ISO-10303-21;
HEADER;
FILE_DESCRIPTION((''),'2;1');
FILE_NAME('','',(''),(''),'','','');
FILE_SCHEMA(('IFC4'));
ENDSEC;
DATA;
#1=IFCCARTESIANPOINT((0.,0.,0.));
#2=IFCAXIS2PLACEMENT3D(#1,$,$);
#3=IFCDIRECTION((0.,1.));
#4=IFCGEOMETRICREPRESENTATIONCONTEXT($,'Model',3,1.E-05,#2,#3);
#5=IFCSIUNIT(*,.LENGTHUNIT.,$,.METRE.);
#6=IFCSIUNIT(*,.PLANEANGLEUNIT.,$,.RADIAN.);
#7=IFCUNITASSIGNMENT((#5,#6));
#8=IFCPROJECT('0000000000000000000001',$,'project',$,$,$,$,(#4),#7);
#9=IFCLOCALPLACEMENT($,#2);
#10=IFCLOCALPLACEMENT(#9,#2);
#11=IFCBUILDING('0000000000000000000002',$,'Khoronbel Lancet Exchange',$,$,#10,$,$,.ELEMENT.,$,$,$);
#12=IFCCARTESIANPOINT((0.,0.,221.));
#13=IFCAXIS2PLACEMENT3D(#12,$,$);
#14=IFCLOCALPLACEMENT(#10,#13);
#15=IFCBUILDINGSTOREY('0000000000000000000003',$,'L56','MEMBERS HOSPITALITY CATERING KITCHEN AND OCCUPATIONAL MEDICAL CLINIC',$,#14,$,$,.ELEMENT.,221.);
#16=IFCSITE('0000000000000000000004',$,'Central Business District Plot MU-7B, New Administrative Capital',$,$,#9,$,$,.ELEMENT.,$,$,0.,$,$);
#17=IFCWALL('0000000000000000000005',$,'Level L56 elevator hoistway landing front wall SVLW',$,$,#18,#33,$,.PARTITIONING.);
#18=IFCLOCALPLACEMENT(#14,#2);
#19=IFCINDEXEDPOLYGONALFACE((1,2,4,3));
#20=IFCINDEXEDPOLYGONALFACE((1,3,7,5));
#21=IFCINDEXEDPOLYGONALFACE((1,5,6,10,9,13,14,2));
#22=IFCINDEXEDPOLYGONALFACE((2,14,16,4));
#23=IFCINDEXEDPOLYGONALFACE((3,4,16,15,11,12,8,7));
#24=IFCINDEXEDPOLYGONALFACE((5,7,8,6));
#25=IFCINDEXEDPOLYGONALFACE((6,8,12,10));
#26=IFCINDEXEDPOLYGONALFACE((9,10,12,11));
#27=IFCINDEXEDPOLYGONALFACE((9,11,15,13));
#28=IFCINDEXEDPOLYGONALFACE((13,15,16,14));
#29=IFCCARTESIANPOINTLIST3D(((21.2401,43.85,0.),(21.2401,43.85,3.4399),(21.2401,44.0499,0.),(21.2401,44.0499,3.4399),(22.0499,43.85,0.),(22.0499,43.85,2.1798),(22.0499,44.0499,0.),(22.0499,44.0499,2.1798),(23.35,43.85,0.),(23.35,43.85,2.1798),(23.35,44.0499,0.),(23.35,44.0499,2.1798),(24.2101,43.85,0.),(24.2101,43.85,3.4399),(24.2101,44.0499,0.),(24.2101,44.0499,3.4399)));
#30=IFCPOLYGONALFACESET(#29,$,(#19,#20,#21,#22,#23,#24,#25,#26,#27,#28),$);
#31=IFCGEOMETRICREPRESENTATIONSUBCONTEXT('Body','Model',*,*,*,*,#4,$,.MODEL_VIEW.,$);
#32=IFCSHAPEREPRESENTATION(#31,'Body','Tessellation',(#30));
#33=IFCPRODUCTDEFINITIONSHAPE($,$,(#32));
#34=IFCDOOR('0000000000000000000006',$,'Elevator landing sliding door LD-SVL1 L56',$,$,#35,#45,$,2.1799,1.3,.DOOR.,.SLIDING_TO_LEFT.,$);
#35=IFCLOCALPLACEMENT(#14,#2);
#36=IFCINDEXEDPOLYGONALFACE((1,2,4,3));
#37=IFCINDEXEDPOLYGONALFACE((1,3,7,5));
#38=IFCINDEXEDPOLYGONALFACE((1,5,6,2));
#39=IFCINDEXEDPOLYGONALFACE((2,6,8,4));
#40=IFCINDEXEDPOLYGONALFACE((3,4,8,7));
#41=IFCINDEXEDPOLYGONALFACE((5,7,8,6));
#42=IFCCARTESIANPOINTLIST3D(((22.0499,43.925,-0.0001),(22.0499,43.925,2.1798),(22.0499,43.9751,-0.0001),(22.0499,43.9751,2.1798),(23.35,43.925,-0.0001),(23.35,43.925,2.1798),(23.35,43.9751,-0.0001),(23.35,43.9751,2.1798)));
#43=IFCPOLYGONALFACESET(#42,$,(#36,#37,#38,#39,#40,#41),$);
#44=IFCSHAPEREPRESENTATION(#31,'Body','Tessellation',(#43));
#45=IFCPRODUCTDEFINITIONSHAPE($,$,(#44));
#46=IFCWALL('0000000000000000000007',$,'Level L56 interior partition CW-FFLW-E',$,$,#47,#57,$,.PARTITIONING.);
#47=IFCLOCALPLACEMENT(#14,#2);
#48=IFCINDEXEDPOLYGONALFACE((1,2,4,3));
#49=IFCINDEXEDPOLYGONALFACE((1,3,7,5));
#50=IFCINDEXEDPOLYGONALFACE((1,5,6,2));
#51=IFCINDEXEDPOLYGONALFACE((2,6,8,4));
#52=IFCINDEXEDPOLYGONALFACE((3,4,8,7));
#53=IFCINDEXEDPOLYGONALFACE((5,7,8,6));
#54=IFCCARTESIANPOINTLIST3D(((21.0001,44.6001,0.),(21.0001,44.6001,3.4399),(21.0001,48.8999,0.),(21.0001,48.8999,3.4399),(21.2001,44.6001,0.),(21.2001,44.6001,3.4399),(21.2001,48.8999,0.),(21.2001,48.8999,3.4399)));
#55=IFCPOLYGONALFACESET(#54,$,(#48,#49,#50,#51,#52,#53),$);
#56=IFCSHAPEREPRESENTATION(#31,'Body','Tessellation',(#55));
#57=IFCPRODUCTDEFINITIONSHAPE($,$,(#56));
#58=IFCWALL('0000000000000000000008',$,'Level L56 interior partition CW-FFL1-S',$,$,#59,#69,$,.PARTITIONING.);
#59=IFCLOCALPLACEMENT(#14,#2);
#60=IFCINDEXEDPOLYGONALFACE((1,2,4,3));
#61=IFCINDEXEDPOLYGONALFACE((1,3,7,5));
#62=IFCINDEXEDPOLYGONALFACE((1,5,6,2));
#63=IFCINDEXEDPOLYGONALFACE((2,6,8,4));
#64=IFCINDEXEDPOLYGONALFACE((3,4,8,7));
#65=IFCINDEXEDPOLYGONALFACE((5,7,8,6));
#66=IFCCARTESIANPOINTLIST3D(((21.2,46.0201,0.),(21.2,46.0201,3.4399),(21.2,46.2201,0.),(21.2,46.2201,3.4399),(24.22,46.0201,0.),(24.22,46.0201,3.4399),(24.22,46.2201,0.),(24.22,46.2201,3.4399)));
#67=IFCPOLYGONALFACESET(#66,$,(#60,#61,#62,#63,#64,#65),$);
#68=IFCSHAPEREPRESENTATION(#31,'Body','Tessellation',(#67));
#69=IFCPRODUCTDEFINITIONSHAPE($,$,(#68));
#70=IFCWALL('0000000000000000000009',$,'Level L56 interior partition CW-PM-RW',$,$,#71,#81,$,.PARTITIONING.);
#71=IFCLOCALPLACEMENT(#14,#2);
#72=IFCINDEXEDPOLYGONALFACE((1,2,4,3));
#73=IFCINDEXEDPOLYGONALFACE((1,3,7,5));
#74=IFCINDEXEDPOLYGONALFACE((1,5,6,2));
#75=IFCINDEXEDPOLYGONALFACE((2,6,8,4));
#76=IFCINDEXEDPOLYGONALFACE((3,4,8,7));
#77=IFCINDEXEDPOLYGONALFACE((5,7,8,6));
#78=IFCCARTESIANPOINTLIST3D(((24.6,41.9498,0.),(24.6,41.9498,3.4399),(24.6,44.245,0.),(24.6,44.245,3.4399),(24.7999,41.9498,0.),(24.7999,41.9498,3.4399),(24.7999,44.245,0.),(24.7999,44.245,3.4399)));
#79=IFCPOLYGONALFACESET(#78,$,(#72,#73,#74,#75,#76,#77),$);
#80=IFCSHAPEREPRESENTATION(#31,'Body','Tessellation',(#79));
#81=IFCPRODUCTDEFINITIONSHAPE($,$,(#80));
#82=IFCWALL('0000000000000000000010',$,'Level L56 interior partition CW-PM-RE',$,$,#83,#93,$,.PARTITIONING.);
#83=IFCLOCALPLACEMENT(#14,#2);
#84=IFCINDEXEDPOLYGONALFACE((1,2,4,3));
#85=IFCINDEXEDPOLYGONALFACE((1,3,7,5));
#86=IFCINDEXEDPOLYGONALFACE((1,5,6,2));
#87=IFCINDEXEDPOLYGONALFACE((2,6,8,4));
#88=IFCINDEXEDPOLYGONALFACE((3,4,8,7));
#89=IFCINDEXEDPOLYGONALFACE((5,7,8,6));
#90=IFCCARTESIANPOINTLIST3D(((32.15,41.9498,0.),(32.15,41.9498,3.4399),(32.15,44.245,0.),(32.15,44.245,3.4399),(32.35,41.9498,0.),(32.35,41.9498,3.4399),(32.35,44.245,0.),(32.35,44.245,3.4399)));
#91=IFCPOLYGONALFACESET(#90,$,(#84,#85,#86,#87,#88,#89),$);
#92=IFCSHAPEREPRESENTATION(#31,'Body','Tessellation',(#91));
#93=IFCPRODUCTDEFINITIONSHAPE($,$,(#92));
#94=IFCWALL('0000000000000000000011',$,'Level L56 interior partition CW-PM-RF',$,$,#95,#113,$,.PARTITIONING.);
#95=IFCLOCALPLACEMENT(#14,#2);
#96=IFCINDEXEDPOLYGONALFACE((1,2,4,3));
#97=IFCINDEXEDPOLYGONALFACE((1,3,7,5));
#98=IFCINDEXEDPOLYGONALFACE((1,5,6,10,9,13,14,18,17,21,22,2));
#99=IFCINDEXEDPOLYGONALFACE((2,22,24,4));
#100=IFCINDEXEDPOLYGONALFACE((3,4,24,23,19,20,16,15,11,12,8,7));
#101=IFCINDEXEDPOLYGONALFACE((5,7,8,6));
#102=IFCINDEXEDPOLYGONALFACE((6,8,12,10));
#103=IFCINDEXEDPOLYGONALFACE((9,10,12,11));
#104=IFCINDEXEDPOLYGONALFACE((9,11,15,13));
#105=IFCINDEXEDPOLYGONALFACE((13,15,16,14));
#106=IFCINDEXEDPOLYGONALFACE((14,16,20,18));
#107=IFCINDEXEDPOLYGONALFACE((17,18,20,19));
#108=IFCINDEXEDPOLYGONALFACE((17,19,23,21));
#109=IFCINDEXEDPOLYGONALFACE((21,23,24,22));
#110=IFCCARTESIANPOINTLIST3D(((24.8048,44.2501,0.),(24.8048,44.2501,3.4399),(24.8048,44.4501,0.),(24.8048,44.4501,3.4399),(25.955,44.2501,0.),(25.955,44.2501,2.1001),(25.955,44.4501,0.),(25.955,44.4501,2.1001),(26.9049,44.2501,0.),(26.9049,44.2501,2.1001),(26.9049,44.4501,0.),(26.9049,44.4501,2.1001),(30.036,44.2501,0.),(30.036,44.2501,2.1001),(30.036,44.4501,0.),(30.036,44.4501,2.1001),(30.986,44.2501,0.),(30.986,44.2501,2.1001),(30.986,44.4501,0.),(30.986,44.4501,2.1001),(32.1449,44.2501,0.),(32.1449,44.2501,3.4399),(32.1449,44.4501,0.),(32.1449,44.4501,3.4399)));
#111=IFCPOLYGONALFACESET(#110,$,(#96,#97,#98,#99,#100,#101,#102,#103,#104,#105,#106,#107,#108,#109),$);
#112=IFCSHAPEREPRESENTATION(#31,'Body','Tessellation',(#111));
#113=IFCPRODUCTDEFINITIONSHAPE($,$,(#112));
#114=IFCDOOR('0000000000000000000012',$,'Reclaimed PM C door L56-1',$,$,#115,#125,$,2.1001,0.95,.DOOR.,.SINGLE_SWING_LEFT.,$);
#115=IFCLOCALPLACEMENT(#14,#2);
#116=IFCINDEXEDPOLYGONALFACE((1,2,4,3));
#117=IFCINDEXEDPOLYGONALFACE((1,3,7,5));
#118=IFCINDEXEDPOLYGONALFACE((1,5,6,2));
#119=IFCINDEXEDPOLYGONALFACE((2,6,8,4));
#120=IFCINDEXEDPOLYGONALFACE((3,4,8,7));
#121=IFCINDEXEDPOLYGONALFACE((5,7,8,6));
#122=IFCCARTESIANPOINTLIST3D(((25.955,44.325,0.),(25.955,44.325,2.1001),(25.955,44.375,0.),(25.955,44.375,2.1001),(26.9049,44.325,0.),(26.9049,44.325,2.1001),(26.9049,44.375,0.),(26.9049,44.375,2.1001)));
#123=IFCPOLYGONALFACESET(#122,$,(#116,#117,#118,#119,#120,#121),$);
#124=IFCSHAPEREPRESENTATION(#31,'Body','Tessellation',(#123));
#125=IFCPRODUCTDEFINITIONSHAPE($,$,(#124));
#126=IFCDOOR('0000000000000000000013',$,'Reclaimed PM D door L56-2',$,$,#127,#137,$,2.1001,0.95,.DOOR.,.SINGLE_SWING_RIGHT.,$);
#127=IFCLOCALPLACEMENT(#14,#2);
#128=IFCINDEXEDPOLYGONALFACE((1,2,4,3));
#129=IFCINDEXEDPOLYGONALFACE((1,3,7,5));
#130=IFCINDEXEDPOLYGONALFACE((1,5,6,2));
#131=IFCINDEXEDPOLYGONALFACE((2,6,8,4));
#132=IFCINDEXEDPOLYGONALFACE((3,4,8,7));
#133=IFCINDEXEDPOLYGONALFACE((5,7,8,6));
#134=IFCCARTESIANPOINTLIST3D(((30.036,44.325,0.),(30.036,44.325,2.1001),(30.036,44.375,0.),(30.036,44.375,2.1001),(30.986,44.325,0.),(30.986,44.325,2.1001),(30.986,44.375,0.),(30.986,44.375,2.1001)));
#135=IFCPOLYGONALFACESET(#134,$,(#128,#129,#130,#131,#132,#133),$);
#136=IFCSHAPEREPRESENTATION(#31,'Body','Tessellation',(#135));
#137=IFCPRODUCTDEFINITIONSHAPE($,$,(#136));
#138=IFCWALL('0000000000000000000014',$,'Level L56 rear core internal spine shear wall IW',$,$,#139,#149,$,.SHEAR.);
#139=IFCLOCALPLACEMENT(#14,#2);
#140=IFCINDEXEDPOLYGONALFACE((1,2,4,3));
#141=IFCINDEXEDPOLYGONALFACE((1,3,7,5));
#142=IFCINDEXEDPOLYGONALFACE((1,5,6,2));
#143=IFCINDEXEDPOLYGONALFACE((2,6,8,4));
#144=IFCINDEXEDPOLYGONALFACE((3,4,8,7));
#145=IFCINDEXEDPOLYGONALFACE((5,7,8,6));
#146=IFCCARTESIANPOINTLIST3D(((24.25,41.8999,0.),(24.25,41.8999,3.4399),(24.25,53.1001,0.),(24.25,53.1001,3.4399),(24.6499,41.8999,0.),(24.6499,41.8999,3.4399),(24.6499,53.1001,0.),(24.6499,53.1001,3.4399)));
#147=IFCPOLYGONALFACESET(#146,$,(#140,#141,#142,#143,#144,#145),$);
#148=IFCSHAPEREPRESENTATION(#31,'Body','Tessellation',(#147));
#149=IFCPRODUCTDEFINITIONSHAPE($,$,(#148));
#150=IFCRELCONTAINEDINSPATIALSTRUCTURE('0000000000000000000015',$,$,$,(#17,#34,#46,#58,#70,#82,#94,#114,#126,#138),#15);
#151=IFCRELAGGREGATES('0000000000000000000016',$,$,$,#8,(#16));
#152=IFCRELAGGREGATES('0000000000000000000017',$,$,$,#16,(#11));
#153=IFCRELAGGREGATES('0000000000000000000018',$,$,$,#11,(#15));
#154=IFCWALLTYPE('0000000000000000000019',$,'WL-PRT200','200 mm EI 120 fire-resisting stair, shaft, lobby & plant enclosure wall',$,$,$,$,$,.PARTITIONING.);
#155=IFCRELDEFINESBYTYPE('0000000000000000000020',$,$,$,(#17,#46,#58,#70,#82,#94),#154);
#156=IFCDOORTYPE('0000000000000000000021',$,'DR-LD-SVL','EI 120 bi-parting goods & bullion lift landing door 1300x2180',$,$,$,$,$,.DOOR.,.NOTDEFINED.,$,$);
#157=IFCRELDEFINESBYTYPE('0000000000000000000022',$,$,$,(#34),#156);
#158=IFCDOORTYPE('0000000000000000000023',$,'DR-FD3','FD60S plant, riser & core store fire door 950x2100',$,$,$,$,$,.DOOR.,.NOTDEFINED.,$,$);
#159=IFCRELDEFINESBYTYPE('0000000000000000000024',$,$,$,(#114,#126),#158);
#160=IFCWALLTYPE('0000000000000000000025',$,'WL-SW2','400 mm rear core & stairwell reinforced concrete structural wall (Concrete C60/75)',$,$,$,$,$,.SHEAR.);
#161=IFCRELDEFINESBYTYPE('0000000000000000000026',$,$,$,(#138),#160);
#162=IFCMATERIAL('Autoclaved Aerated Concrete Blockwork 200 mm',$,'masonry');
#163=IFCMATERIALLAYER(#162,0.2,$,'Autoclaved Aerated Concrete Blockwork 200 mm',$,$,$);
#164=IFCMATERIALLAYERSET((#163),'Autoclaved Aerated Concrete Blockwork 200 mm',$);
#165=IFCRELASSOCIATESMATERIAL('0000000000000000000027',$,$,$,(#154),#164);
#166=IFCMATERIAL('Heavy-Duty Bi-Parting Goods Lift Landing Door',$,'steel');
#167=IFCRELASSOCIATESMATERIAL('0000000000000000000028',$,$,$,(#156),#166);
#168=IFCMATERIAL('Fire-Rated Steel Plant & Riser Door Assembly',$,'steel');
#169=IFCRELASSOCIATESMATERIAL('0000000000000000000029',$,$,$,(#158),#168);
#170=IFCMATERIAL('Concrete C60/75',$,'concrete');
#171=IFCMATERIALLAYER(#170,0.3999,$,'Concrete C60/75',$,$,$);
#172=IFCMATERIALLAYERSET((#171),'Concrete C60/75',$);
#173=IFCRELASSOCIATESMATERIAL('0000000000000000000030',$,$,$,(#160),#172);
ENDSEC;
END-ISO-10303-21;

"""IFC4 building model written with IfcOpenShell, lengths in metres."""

from ifc_helpers import new_model, si_unit, direction, frame, frame_2d, origin, place, context, subcontext, project, spatial, rectangle, extrude, material, layer, layer_set, type_object, element, fill, save


model = new_model("IFC4")

# Units and contexts
model_context = context("Model", 3, precision=1e-05, world=origin(), true_north=direction((0.0, 1.0)))
body_context = subcontext(model_context, "Body", "Model", "MODEL_VIEW")
ifc_project = project(units=[si_unit("LENGTHUNIT", "METRE"), si_unit("PLANEANGLEUNIT", "RADIAN")], contexts=[model_context])

# Site, building, storey
site_placement = place(None, origin())
site = spatial("IfcSite", under=ifc_project, at=site_placement, Name="Central Business District Plot MU-7B, New Administrative Capital", CompositionType="ELEMENT", RefElevation=0.0)
building_placement = place(site_placement, origin())
building = spatial("IfcBuilding", under=site, at=building_placement, Name="Khoronbel Lancet Exchange", CompositionType="ELEMENT")
storey_placement = place(building_placement, frame((0.0, 0.0, 221.0)))
storey = spatial("IfcBuildingStorey", under=building, at=storey_placement, Name="L56", Description="MEMBERS HOSPITALITY CATERING KITCHEN AND OCCUPATIONAL MEDICAL CLINIC", CompositionType="ELEMENT", Elevation=221.0)

# Shared definitions
ifc_material_1 = material(Name="Concrete C60/75", Category="concrete")

# Wall, opening, door
ifc_material_2 = material(Name="Autoclaved Aerated Concrete Blockwork 200 mm", Category="masonry")
ifc_layer_1 = layer(ifc_material_2, 0.2, Name="Autoclaved Aerated Concrete Blockwork 200 mm")
ifc_layer_set_1 = layer_set([ifc_layer_1], Name="Autoclaved Aerated Concrete Blockwork 200 mm")
wall_type_1 = type_object("IfcWallType", Name="WL-PRT200", Description="200 mm EI 120 fire-resisting stair, shaft, lobby & plant enclosure wall", PredefinedType="PARTITIONING", material=ifc_layer_set_1)
wall_1_placement = place(storey_placement, frame((24.21, 43.95, 0.0), z_axis=(0.0, 0.0, 1.0), x_axis=(-1.0, 0.0, 0.0)))
wall_1 = element("IfcWall", 1, at=wall_1_placement, inside=storey, type_object=wall_type_1, Name="Level L56 elevator hoistway landing front wall SVLW", PredefinedType="PARTITIONING", context=body_context, shape_type="SweptSolid", body=[
    extrude(rectangle(XDim=2.97, YDim=0.2, at=frame_2d((1.4849, 0.0))), origin(), (0.0, 0.0, 1.0), 3.4399),
])
opening_1_placement = place(wall_1_placement, frame((0.8601, 0.0, 0.0)))
opening_1 = element("IfcOpeningElement", 2, at=opening_1_placement, cuts=wall_1, PredefinedType="OPENING", context=body_context, shape_type="SweptSolid", body=[
    extrude(rectangle(XDim=1.3, YDim=2.1799, at=frame_2d((0.6499, 1.0898))), frame((0.0, 0.1099, 0.0), z_axis=(0.0, -1.0, 0.0), x_axis=(1.0, 0.0, 0.0)), (0.0, 0.0, 1.0), 0.22),
])
ifc_material_3 = material(Name="Heavy-Duty Bi-Parting Goods Lift Landing Door", Category="steel")
door_type_1 = type_object("IfcDoorType", Name="DR-LD-SVL", Description="EI 120 bi-parting goods & bullion lift landing door 1300x2180", OperationType="NOTDEFINED", PredefinedType="DOOR", material=ifc_material_3)
door_1_placement = place(opening_1_placement, origin())
door_1 = element("IfcDoor", 3, at=door_1_placement, inside=storey, type_object=door_type_1, Name="Elevator landing sliding door LD-SVL1 L56", OperationType="SLIDING_TO_LEFT", OverallHeight=2.1799, OverallWidth=1.3, PredefinedType="DOOR", context=body_context, shape_type="SweptSolid", body=[
    extrude(rectangle(XDim=1.3, YDim=2.1799, at=frame_2d((0.6499, 1.0898))), frame((0.0, 0.0249, 0.0), z_axis=(0.0, -1.0, 0.0), x_axis=(1.0, 0.0, 0.0)), (0.0, 0.0, 1.0), 0.05),
])
fill(opening_1, door_1)

# Walls
wall_2_placement = place(storey_placement, frame((21.1001, 44.6001, 0.0), z_axis=(0.0, 0.0, 1.0), x_axis=(0.0, 1.0, 0.0)))
element("IfcWall", 4, at=wall_2_placement, inside=storey, type_object=wall_type_1, Name="Level L56 interior partition CW-FFLW-E", PredefinedType="PARTITIONING", context=body_context, shape_type="SweptSolid", body=[
    extrude(rectangle(XDim=4.2998, YDim=0.2, at=frame_2d((2.1499, 0.0))), origin(), (0.0, 0.0, 1.0), 3.4399),
])
wall_3_placement = place(storey_placement, frame((21.2, 46.1201, 0.0), z_axis=(0.0, 0.0, 1.0), x_axis=(1.0, 0.0, 0.0)))
element("IfcWall", 5, at=wall_3_placement, inside=storey, type_object=wall_type_1, Name="Level L56 interior partition CW-FFL1-S", PredefinedType="PARTITIONING", context=body_context, shape_type="SweptSolid", body=[
    extrude(rectangle(XDim=3.02, YDim=0.2, at=frame_2d((1.51, 0.0))), origin(), (0.0, 0.0, 1.0), 3.4399),
])

# Walls
for number, where, z_axis, x_axis, name in (
    (6, (24.7, 41.95, 0.0), (0.0, 0.0, 1.0), (0.0, 1.0, 0.0), "Level L56 interior partition CW-PM-RW"),
    (7, (32.25, 41.95, 0.0), (0.0, 0.0, 1.0), (0.0, 1.0, 0.0), "Level L56 interior partition CW-PM-RE"),
):
    element("IfcWall", number, at=place(storey_placement, frame(where, z_axis=z_axis, x_axis=x_axis)), inside=storey, type_object=wall_type_1, Name=name, PredefinedType="PARTITIONING", context=body_context, shape_type="SweptSolid", body=[
        extrude(rectangle(XDim=2.2952, YDim=0.2, at=frame_2d((1.1475, 0.0))), origin(), (0.0, 0.0, 1.0), 3.4399),
    ])

# Wall, openings, doors
wall_4_placement = place(storey_placement, frame((24.8049, 44.3501, 0.0), z_axis=(0.0, 0.0, 1.0), x_axis=(1.0, 0.0, 0.0)))
wall_4 = element("IfcWall", 8, at=wall_4_placement, inside=storey, type_object=wall_type_1, Name="Level L56 interior partition CW-PM-RF", PredefinedType="PARTITIONING", context=body_context, shape_type="SweptSolid", body=[
    extrude(rectangle(XDim=7.3401, YDim=0.2, at=frame_2d((3.6699, 0.0))), origin(), (0.0, 0.0, 1.0), 3.4399),
])
opening_2_placement = place(wall_4_placement, frame((1.1499, 0.0, 0.0)))
opening_2 = element("IfcOpeningElement", 9, at=opening_2_placement, cuts=wall_4, PredefinedType="OPENING", context=body_context, shape_type="SweptSolid", body=[
    extrude(rectangle(XDim=0.95, YDim=2.1001, at=frame_2d((0.4751, 1.05))), frame((0.0, 0.1099, 0.0), z_axis=(0.0, -1.0, 0.0), x_axis=(1.0, 0.0, 0.0)), (0.0, 0.0, 1.0), 0.22),
])
opening_3_placement = place(wall_4_placement, frame((5.231, 0.0, 0.0)))
opening_3 = element("IfcOpeningElement", 10, at=opening_3_placement, cuts=wall_4, PredefinedType="OPENING", context=body_context, shape_type="SweptSolid", body=[
    extrude(rectangle(XDim=0.95, YDim=2.1001, at=frame_2d((0.4751, 1.05))), frame((0.0, 0.1099, 0.0), z_axis=(0.0, -1.0, 0.0), x_axis=(1.0, 0.0, 0.0)), (0.0, 0.0, 1.0), 0.22),
])
ifc_material_4 = material(Name="Fire-Rated Steel Plant & Riser Door Assembly", Category="steel")
door_type_2 = type_object("IfcDoorType", Name="DR-FD3", Description="FD60S plant, riser & core store fire door 950x2100", OperationType="NOTDEFINED", PredefinedType="DOOR", material=ifc_material_4)
door_2_placement = place(opening_2_placement, origin())
door_2 = element("IfcDoor", 11, at=door_2_placement, inside=storey, type_object=door_type_2, Name="Reclaimed PM C door L56-1", OperationType="SINGLE_SWING_LEFT", OverallHeight=2.1001, OverallWidth=0.95, PredefinedType="DOOR", context=body_context, shape_type="SweptSolid", body=[
    extrude(rectangle(XDim=0.95, YDim=2.1001, at=frame_2d((0.4751, 1.05))), frame((0.0, 0.0249, 0.0), z_axis=(0.0, -1.0, 0.0), x_axis=(1.0, 0.0, 0.0)), (0.0, 0.0, 1.0), 0.05),
])
fill(opening_2, door_2)
door_3_placement = place(opening_3_placement, origin())
door_3 = element("IfcDoor", 12, at=door_3_placement, inside=storey, type_object=door_type_2, Name="Reclaimed PM D door L56-2", OperationType="SINGLE_SWING_RIGHT", OverallHeight=2.1001, OverallWidth=0.95, PredefinedType="DOOR", context=body_context, shape_type="SweptSolid", body=[
    extrude(rectangle(XDim=0.95, YDim=2.1001, at=frame_2d((0.4751, 1.05))), frame((0.0, 0.0249, 0.0), z_axis=(0.0, -1.0, 0.0), x_axis=(1.0, 0.0, 0.0)), (0.0, 0.0, 1.0), 0.05),
])
fill(opening_3, door_3)

# Wall
ifc_layer_2 = layer(ifc_material_1, 0.3999, Name="Concrete C60/75")
ifc_layer_set_2 = layer_set([ifc_layer_2], Name="Concrete C60/75")
wall_type_2 = type_object("IfcWallType", Name="WL-SW2", Description="400 mm rear core & stairwell reinforced concrete structural wall (Concrete C60/75)", PredefinedType="SHEAR", material=ifc_layer_set_2)
wall_5_placement = place(storey_placement, frame((24.45, 41.8999, 0.0), z_axis=(0.0, 0.0, 1.0), x_axis=(0.0, 1.0, 0.0)))
element("IfcWall", 13, at=wall_5_placement, inside=storey, type_object=wall_type_2, Name="Level L56 rear core internal spine shear wall IW", PredefinedType="SHEAR", context=body_context, shape_type="SweptSolid", body=[
    extrude(rectangle(XDim=11.2002, YDim=0.3999, at=frame_2d((5.6001, 0.0))), origin(), (0.0, 0.0, 1.0), 3.4399),
])

save(model, "model.ifc")
